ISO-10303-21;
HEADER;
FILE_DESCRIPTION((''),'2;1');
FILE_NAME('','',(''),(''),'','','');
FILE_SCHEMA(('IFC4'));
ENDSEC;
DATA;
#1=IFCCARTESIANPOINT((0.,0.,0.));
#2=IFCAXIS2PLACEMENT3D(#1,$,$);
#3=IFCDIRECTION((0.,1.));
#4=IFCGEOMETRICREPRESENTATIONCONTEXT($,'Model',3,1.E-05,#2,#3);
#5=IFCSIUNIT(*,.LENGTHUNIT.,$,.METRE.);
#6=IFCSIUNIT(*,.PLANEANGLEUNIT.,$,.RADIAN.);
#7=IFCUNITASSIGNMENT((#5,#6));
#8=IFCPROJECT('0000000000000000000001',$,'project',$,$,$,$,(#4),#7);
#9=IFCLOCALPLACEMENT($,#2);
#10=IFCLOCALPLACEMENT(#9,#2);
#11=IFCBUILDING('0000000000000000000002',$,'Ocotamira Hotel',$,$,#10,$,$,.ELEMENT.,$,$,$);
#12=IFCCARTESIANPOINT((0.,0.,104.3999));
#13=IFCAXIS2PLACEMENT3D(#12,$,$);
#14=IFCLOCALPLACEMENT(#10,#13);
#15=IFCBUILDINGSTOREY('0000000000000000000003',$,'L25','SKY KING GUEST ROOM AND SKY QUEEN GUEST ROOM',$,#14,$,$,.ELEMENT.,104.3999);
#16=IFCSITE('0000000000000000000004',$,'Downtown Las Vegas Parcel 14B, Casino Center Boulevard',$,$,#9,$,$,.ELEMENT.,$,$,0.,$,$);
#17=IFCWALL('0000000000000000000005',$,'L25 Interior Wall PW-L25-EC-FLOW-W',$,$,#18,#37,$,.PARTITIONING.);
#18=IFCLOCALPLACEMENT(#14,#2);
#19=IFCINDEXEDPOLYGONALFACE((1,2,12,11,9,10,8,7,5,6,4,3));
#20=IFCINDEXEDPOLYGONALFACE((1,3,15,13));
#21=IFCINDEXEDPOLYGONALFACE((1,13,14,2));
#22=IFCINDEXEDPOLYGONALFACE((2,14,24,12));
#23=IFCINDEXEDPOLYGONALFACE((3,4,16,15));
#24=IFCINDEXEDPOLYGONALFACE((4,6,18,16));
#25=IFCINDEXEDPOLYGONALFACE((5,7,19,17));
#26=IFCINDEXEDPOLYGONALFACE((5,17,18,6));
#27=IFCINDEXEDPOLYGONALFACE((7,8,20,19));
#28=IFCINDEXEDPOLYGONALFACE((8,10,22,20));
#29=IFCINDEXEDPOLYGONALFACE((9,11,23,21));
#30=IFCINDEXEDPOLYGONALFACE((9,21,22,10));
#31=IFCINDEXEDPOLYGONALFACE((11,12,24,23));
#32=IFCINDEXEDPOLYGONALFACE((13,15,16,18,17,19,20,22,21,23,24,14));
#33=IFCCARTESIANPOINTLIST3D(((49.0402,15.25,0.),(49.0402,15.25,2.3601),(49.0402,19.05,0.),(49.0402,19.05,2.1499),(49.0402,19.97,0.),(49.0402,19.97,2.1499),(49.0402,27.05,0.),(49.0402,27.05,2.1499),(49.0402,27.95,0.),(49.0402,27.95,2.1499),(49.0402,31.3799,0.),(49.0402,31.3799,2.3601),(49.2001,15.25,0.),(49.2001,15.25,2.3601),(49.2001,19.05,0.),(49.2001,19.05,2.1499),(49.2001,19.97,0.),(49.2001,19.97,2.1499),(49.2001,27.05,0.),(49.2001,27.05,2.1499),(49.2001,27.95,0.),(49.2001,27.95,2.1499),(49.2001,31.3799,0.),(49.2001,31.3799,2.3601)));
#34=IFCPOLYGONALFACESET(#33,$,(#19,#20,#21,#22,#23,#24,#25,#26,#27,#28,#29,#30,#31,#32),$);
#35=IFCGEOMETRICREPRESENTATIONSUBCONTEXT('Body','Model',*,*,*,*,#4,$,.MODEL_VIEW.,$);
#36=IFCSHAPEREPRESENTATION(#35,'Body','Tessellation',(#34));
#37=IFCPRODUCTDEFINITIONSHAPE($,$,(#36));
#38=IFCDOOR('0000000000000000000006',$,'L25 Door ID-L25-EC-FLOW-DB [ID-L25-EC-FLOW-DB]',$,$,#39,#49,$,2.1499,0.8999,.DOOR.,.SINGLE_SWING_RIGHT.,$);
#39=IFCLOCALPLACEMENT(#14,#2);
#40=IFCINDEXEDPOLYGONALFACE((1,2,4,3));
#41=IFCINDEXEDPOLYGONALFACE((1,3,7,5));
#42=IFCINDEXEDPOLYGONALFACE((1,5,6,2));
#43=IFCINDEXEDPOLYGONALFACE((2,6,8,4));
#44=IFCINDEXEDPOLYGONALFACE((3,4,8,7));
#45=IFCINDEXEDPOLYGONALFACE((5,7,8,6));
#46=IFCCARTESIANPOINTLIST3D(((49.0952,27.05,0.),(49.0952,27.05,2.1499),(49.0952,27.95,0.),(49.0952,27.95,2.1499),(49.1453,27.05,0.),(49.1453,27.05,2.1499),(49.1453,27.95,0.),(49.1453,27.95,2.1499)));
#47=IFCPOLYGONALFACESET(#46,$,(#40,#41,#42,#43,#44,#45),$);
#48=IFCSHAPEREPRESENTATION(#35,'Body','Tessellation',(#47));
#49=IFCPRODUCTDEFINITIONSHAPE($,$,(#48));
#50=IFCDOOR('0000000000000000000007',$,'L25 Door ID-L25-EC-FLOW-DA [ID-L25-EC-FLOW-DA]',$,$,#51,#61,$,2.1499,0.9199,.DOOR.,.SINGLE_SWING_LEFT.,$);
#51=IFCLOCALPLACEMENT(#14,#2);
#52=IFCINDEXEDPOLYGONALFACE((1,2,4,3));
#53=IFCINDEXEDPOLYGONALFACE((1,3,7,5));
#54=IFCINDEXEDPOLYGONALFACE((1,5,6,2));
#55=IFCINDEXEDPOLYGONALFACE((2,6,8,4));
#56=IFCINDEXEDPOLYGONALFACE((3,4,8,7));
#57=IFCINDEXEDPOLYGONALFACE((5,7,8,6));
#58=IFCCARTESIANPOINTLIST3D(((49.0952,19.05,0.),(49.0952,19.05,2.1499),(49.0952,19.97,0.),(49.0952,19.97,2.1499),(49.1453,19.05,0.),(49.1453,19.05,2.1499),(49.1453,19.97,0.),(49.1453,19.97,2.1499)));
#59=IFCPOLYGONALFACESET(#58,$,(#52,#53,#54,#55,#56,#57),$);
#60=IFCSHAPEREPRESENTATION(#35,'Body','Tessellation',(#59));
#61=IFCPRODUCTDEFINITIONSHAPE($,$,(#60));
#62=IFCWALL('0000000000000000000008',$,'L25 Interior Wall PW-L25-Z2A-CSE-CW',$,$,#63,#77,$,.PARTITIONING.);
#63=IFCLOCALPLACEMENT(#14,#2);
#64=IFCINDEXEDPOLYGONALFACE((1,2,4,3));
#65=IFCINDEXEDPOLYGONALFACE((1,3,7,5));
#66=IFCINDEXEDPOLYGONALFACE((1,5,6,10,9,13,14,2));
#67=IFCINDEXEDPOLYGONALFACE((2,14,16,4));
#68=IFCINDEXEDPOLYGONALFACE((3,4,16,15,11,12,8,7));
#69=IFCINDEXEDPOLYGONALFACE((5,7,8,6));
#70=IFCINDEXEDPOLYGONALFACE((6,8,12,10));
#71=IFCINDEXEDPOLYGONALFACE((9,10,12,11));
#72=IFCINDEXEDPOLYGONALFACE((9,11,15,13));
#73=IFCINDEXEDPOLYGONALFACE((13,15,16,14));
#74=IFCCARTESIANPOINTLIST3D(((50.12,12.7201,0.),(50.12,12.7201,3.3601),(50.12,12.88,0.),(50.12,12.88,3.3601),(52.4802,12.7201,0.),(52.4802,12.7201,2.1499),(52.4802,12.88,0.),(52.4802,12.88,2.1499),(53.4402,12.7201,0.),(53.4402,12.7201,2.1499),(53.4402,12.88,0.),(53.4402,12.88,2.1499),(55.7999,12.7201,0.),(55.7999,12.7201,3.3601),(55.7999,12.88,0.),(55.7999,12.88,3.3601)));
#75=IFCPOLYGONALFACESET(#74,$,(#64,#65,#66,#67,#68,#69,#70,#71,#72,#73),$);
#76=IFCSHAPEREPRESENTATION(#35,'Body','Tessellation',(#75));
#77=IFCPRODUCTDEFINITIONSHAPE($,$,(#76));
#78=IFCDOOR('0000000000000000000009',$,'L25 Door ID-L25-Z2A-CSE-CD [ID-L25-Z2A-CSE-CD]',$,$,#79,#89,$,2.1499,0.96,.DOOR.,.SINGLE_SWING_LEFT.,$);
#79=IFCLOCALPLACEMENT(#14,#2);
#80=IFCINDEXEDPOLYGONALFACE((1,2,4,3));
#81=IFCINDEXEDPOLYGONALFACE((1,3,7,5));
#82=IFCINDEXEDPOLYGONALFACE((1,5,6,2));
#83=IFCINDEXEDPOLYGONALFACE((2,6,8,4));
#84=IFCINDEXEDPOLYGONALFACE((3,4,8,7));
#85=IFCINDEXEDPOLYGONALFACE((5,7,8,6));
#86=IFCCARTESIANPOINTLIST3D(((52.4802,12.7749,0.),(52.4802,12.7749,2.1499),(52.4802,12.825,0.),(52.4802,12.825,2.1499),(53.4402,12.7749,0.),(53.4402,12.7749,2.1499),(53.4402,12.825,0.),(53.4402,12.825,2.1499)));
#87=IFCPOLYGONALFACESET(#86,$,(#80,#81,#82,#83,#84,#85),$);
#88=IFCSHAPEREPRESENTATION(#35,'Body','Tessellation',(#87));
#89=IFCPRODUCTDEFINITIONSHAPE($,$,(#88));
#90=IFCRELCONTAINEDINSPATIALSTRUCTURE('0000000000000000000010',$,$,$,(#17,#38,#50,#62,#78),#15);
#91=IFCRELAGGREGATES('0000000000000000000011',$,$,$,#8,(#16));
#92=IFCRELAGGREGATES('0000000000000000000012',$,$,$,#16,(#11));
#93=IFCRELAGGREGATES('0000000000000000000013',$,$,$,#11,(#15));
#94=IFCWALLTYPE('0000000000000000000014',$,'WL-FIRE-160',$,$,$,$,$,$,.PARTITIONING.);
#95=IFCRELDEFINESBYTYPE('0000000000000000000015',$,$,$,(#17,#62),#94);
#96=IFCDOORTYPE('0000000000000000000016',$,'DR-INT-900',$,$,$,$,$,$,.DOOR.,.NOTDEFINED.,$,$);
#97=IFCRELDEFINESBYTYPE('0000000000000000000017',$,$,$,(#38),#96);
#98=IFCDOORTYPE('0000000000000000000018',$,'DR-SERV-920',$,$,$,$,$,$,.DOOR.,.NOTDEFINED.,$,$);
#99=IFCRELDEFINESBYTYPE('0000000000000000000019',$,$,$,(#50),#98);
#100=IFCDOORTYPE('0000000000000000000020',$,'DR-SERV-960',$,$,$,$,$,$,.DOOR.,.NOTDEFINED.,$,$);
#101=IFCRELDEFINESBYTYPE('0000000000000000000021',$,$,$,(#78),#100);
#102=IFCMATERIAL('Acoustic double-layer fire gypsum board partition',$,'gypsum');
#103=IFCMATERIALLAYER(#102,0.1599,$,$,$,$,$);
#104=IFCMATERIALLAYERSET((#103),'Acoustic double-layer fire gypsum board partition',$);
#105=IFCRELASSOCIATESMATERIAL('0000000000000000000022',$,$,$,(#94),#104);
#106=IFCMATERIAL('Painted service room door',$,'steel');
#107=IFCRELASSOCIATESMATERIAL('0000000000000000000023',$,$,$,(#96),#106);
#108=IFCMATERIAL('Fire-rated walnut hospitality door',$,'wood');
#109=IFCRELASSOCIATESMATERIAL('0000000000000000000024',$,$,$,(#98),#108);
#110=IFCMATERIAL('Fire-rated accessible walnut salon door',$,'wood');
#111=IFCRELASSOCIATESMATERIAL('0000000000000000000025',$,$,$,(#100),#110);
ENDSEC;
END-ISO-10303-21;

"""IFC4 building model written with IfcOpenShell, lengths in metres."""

from ifc_helpers import new_model, si_unit, direction, frame, frame_2d, origin, place, context, subcontext, project, spatial, rectangle, extrude, source, transform, mapped, material, layer, layer_set, type_object, element, fill, save


model = new_model("IFC4")

# Units and contexts
model_context = context("Model", 3, precision=1e-05, world=origin(), true_north=direction((0.0, 1.0)))
body_context = subcontext(model_context, "Body", "Model", "MODEL_VIEW")
ifc_project = project(units=[si_unit("LENGTHUNIT", "METRE"), si_unit("PLANEANGLEUNIT", "RADIAN")], contexts=[model_context])

# Site, building, storey
site_placement = place(None, origin())
site = spatial("IfcSite", under=ifc_project, at=site_placement, Name="Downtown Las Vegas Parcel 14B, Casino Center Boulevard", CompositionType="ELEMENT", RefElevation=0.0)
building_placement = place(site_placement, origin())
building = spatial("IfcBuilding", under=site, at=building_placement, Name="Ocotamira Hotel", CompositionType="ELEMENT")
storey_placement = place(building_placement, frame((0.0, 0.0, 104.3999)))
storey = spatial("IfcBuildingStorey", under=building, at=storey_placement, Name="L25", Description="SKY KING GUEST ROOM AND SKY QUEEN GUEST ROOM", CompositionType="ELEMENT", Elevation=104.3999)

# Wall, openings, doors
ifc_material_1 = material(Name="Acoustic double-layer fire gypsum board partition", Category="gypsum")
ifc_layer_1 = layer(ifc_material_1, 0.1599)
ifc_layer_set_1 = layer_set([ifc_layer_1], Name="Acoustic double-layer fire gypsum board partition")
wall_type_1 = type_object("IfcWallType", Name="WL-FIRE-160", PredefinedType="PARTITIONING", material=ifc_layer_set_1)
wall_1_placement = place(storey_placement, frame((49.1201, 15.25, 0.0), z_axis=(0.0, 0.0, 1.0), x_axis=(0.0, 1.0, 0.0)))
wall_1 = element("IfcWall", 1, at=wall_1_placement, inside=storey, type_object=wall_type_1, Name="L25 Interior Wall PW-L25-EC-FLOW-W", PredefinedType="PARTITIONING", context=body_context, shape_type="SweptSolid", body=[
    extrude(rectangle(XDim=16.1299, YDim=0.1599, at=frame_2d((8.0649, 0.0))), origin(), (0.0, 0.0, 1.0), 2.3601),
])
opening_1_placement = place(wall_1_placement, frame((3.8, 0.0, 0.0)))
opening_1 = element("IfcOpeningElement", 2, at=opening_1_placement, cuts=wall_1, PredefinedType="OPENING", context=body_context, shape_type="SweptSolid", body=[
    extrude(rectangle(XDim=0.9199, YDim=2.1499, at=frame_2d((0.46, 1.075))), frame((0.0, 0.0898, 0.0), z_axis=(0.0, -1.0, 0.0), x_axis=(1.0, 0.0, 0.0)), (0.0, 0.0, 1.0), 0.1799),
])
opening_2_placement = place(wall_1_placement, frame((11.8, 0.0, 0.0)))
opening_2 = element("IfcOpeningElement", 3, at=opening_2_placement, cuts=wall_1, PredefinedType="OPENING", context=body_context, shape_type="SweptSolid", body=[
    extrude(rectangle(XDim=0.8999, YDim=2.1499, at=frame_2d((0.45, 1.075))), frame((0.0, 0.0898, 0.0), z_axis=(0.0, -1.0, 0.0), x_axis=(1.0, 0.0, 0.0)), (0.0, 0.0, 1.0), 0.1799),
])
ifc_material_2 = material(Name="Painted service room door", Category="steel")
door_type_1 = type_object("IfcDoorType", Name="DR-INT-900", OperationType="NOTDEFINED", PredefinedType="DOOR", material=ifc_material_2)
shared_shape_1 = source(origin(), body_context, "Body", "SweptSolid", [
    extrude(rectangle(XDim=0.8999, YDim=2.1499, at=frame_2d((0.45, 1.075))), frame((0.0, 0.0249, 0.0), z_axis=(0.0, -1.0, 0.0), x_axis=(1.0, 0.0, 0.0)), (0.0, 0.0, 1.0), 0.05),
])
door_1_placement = place(opening_2_placement, origin())
door_1 = element("IfcDoor", 4, at=door_1_placement, inside=storey, type_object=door_type_1, Name="L25 Door ID-L25-EC-FLOW-DB [ID-L25-EC-FLOW-DB]", OperationType="SINGLE_SWING_RIGHT", OverallHeight=2.1499, OverallWidth=0.8999, PredefinedType="DOOR", context=body_context, shape_type="MappedRepresentation", body=[
    mapped(shared_shape_1, transform((0.0, 0.0, 0.0), scale=1.0)),
])
fill(opening_2, door_1)
ifc_material_3 = material(Name="Fire-rated walnut hospitality door", Category="wood")
door_type_2 = type_object("IfcDoorType", Name="DR-SERV-920", OperationType="NOTDEFINED", PredefinedType="DOOR", material=ifc_material_3)
shared_shape_2 = source(origin(), body_context, "Body", "SweptSolid", [
    extrude(rectangle(XDim=0.9199, YDim=2.1499, at=frame_2d((0.46, 1.075))), frame((0.0, 0.0249, 0.0), z_axis=(0.0, -1.0, 0.0), x_axis=(1.0, 0.0, 0.0)), (0.0, 0.0, 1.0), 0.05),
])
door_2_placement = place(opening_1_placement, origin())
door_2 = element("IfcDoor", 5, at=door_2_placement, inside=storey, type_object=door_type_2, Name="L25 Door ID-L25-EC-FLOW-DA [ID-L25-EC-FLOW-DA]", OperationType="SINGLE_SWING_LEFT", OverallHeight=2.1499, OverallWidth=0.9199, PredefinedType="DOOR", context=body_context, shape_type="MappedRepresentation", body=[
    mapped(shared_shape_2, transform((0.0, 0.0, 0.0), scale=1.0)),
])
fill(opening_1, door_2)

# Wall, opening, door
wall_2_placement = place(storey_placement, frame((50.1201, 12.8, 0.0), z_axis=(0.0, 0.0, 1.0), x_axis=(1.0, 0.0, 0.0)))
wall_2 = element("IfcWall", 6, at=wall_2_placement, inside=storey, type_object=wall_type_1, Name="L25 Interior Wall PW-L25-Z2A-CSE-CW", PredefinedType="PARTITIONING", context=body_context, shape_type="SweptSolid", body=[
    extrude(rectangle(XDim=5.6799, YDim=0.1599, at=frame_2d((2.8398, 0.0))), origin(), (0.0, 0.0, 1.0), 3.3601),
])
opening_3_placement = place(wall_2_placement, frame((2.3601, 0.0, 0.0)))
opening_3 = element("IfcOpeningElement", 7, at=opening_3_placement, cuts=wall_2, PredefinedType="OPENING", context=body_context, shape_type="SweptSolid", body=[
    extrude(rectangle(XDim=0.96, YDim=2.1499, at=frame_2d((0.48, 1.075))), frame((0.0, 0.0898, 0.0), z_axis=(0.0, -1.0, 0.0), x_axis=(1.0, 0.0, 0.0)), (0.0, 0.0, 1.0), 0.1799),
])
ifc_material_4 = material(Name="Fire-rated accessible walnut salon door", Category="wood")
door_type_3 = type_object("IfcDoorType", Name="DR-SERV-960", OperationType="NOTDEFINED", PredefinedType="DOOR", material=ifc_material_4)
shared_shape_3 = source(origin(), body_context, "Body", "SweptSolid", [
    extrude(rectangle(XDim=0.96, YDim=2.1499, at=frame_2d((0.48, 1.075))), frame((0.0, 0.0249, 0.0), z_axis=(0.0, -1.0, 0.0), x_axis=(1.0, 0.0, 0.0)), (0.0, 0.0, 1.0), 0.05),
])
door_3_placement = place(opening_3_placement, origin())
door_3 = element("IfcDoor", 8, at=door_3_placement, inside=storey, type_object=door_type_3, Name="L25 Door ID-L25-Z2A-CSE-CD [ID-L25-Z2A-CSE-CD]", OperationType="SINGLE_SWING_LEFT", OverallHeight=2.1499, OverallWidth=0.96, PredefinedType="DOOR", context=body_context, shape_type="MappedRepresentation", body=[
    mapped(shared_shape_3, transform((0.0, 0.0, 0.0), scale=1.0)),
])
fill(opening_3, door_3)

save(model, "model.ifc")
